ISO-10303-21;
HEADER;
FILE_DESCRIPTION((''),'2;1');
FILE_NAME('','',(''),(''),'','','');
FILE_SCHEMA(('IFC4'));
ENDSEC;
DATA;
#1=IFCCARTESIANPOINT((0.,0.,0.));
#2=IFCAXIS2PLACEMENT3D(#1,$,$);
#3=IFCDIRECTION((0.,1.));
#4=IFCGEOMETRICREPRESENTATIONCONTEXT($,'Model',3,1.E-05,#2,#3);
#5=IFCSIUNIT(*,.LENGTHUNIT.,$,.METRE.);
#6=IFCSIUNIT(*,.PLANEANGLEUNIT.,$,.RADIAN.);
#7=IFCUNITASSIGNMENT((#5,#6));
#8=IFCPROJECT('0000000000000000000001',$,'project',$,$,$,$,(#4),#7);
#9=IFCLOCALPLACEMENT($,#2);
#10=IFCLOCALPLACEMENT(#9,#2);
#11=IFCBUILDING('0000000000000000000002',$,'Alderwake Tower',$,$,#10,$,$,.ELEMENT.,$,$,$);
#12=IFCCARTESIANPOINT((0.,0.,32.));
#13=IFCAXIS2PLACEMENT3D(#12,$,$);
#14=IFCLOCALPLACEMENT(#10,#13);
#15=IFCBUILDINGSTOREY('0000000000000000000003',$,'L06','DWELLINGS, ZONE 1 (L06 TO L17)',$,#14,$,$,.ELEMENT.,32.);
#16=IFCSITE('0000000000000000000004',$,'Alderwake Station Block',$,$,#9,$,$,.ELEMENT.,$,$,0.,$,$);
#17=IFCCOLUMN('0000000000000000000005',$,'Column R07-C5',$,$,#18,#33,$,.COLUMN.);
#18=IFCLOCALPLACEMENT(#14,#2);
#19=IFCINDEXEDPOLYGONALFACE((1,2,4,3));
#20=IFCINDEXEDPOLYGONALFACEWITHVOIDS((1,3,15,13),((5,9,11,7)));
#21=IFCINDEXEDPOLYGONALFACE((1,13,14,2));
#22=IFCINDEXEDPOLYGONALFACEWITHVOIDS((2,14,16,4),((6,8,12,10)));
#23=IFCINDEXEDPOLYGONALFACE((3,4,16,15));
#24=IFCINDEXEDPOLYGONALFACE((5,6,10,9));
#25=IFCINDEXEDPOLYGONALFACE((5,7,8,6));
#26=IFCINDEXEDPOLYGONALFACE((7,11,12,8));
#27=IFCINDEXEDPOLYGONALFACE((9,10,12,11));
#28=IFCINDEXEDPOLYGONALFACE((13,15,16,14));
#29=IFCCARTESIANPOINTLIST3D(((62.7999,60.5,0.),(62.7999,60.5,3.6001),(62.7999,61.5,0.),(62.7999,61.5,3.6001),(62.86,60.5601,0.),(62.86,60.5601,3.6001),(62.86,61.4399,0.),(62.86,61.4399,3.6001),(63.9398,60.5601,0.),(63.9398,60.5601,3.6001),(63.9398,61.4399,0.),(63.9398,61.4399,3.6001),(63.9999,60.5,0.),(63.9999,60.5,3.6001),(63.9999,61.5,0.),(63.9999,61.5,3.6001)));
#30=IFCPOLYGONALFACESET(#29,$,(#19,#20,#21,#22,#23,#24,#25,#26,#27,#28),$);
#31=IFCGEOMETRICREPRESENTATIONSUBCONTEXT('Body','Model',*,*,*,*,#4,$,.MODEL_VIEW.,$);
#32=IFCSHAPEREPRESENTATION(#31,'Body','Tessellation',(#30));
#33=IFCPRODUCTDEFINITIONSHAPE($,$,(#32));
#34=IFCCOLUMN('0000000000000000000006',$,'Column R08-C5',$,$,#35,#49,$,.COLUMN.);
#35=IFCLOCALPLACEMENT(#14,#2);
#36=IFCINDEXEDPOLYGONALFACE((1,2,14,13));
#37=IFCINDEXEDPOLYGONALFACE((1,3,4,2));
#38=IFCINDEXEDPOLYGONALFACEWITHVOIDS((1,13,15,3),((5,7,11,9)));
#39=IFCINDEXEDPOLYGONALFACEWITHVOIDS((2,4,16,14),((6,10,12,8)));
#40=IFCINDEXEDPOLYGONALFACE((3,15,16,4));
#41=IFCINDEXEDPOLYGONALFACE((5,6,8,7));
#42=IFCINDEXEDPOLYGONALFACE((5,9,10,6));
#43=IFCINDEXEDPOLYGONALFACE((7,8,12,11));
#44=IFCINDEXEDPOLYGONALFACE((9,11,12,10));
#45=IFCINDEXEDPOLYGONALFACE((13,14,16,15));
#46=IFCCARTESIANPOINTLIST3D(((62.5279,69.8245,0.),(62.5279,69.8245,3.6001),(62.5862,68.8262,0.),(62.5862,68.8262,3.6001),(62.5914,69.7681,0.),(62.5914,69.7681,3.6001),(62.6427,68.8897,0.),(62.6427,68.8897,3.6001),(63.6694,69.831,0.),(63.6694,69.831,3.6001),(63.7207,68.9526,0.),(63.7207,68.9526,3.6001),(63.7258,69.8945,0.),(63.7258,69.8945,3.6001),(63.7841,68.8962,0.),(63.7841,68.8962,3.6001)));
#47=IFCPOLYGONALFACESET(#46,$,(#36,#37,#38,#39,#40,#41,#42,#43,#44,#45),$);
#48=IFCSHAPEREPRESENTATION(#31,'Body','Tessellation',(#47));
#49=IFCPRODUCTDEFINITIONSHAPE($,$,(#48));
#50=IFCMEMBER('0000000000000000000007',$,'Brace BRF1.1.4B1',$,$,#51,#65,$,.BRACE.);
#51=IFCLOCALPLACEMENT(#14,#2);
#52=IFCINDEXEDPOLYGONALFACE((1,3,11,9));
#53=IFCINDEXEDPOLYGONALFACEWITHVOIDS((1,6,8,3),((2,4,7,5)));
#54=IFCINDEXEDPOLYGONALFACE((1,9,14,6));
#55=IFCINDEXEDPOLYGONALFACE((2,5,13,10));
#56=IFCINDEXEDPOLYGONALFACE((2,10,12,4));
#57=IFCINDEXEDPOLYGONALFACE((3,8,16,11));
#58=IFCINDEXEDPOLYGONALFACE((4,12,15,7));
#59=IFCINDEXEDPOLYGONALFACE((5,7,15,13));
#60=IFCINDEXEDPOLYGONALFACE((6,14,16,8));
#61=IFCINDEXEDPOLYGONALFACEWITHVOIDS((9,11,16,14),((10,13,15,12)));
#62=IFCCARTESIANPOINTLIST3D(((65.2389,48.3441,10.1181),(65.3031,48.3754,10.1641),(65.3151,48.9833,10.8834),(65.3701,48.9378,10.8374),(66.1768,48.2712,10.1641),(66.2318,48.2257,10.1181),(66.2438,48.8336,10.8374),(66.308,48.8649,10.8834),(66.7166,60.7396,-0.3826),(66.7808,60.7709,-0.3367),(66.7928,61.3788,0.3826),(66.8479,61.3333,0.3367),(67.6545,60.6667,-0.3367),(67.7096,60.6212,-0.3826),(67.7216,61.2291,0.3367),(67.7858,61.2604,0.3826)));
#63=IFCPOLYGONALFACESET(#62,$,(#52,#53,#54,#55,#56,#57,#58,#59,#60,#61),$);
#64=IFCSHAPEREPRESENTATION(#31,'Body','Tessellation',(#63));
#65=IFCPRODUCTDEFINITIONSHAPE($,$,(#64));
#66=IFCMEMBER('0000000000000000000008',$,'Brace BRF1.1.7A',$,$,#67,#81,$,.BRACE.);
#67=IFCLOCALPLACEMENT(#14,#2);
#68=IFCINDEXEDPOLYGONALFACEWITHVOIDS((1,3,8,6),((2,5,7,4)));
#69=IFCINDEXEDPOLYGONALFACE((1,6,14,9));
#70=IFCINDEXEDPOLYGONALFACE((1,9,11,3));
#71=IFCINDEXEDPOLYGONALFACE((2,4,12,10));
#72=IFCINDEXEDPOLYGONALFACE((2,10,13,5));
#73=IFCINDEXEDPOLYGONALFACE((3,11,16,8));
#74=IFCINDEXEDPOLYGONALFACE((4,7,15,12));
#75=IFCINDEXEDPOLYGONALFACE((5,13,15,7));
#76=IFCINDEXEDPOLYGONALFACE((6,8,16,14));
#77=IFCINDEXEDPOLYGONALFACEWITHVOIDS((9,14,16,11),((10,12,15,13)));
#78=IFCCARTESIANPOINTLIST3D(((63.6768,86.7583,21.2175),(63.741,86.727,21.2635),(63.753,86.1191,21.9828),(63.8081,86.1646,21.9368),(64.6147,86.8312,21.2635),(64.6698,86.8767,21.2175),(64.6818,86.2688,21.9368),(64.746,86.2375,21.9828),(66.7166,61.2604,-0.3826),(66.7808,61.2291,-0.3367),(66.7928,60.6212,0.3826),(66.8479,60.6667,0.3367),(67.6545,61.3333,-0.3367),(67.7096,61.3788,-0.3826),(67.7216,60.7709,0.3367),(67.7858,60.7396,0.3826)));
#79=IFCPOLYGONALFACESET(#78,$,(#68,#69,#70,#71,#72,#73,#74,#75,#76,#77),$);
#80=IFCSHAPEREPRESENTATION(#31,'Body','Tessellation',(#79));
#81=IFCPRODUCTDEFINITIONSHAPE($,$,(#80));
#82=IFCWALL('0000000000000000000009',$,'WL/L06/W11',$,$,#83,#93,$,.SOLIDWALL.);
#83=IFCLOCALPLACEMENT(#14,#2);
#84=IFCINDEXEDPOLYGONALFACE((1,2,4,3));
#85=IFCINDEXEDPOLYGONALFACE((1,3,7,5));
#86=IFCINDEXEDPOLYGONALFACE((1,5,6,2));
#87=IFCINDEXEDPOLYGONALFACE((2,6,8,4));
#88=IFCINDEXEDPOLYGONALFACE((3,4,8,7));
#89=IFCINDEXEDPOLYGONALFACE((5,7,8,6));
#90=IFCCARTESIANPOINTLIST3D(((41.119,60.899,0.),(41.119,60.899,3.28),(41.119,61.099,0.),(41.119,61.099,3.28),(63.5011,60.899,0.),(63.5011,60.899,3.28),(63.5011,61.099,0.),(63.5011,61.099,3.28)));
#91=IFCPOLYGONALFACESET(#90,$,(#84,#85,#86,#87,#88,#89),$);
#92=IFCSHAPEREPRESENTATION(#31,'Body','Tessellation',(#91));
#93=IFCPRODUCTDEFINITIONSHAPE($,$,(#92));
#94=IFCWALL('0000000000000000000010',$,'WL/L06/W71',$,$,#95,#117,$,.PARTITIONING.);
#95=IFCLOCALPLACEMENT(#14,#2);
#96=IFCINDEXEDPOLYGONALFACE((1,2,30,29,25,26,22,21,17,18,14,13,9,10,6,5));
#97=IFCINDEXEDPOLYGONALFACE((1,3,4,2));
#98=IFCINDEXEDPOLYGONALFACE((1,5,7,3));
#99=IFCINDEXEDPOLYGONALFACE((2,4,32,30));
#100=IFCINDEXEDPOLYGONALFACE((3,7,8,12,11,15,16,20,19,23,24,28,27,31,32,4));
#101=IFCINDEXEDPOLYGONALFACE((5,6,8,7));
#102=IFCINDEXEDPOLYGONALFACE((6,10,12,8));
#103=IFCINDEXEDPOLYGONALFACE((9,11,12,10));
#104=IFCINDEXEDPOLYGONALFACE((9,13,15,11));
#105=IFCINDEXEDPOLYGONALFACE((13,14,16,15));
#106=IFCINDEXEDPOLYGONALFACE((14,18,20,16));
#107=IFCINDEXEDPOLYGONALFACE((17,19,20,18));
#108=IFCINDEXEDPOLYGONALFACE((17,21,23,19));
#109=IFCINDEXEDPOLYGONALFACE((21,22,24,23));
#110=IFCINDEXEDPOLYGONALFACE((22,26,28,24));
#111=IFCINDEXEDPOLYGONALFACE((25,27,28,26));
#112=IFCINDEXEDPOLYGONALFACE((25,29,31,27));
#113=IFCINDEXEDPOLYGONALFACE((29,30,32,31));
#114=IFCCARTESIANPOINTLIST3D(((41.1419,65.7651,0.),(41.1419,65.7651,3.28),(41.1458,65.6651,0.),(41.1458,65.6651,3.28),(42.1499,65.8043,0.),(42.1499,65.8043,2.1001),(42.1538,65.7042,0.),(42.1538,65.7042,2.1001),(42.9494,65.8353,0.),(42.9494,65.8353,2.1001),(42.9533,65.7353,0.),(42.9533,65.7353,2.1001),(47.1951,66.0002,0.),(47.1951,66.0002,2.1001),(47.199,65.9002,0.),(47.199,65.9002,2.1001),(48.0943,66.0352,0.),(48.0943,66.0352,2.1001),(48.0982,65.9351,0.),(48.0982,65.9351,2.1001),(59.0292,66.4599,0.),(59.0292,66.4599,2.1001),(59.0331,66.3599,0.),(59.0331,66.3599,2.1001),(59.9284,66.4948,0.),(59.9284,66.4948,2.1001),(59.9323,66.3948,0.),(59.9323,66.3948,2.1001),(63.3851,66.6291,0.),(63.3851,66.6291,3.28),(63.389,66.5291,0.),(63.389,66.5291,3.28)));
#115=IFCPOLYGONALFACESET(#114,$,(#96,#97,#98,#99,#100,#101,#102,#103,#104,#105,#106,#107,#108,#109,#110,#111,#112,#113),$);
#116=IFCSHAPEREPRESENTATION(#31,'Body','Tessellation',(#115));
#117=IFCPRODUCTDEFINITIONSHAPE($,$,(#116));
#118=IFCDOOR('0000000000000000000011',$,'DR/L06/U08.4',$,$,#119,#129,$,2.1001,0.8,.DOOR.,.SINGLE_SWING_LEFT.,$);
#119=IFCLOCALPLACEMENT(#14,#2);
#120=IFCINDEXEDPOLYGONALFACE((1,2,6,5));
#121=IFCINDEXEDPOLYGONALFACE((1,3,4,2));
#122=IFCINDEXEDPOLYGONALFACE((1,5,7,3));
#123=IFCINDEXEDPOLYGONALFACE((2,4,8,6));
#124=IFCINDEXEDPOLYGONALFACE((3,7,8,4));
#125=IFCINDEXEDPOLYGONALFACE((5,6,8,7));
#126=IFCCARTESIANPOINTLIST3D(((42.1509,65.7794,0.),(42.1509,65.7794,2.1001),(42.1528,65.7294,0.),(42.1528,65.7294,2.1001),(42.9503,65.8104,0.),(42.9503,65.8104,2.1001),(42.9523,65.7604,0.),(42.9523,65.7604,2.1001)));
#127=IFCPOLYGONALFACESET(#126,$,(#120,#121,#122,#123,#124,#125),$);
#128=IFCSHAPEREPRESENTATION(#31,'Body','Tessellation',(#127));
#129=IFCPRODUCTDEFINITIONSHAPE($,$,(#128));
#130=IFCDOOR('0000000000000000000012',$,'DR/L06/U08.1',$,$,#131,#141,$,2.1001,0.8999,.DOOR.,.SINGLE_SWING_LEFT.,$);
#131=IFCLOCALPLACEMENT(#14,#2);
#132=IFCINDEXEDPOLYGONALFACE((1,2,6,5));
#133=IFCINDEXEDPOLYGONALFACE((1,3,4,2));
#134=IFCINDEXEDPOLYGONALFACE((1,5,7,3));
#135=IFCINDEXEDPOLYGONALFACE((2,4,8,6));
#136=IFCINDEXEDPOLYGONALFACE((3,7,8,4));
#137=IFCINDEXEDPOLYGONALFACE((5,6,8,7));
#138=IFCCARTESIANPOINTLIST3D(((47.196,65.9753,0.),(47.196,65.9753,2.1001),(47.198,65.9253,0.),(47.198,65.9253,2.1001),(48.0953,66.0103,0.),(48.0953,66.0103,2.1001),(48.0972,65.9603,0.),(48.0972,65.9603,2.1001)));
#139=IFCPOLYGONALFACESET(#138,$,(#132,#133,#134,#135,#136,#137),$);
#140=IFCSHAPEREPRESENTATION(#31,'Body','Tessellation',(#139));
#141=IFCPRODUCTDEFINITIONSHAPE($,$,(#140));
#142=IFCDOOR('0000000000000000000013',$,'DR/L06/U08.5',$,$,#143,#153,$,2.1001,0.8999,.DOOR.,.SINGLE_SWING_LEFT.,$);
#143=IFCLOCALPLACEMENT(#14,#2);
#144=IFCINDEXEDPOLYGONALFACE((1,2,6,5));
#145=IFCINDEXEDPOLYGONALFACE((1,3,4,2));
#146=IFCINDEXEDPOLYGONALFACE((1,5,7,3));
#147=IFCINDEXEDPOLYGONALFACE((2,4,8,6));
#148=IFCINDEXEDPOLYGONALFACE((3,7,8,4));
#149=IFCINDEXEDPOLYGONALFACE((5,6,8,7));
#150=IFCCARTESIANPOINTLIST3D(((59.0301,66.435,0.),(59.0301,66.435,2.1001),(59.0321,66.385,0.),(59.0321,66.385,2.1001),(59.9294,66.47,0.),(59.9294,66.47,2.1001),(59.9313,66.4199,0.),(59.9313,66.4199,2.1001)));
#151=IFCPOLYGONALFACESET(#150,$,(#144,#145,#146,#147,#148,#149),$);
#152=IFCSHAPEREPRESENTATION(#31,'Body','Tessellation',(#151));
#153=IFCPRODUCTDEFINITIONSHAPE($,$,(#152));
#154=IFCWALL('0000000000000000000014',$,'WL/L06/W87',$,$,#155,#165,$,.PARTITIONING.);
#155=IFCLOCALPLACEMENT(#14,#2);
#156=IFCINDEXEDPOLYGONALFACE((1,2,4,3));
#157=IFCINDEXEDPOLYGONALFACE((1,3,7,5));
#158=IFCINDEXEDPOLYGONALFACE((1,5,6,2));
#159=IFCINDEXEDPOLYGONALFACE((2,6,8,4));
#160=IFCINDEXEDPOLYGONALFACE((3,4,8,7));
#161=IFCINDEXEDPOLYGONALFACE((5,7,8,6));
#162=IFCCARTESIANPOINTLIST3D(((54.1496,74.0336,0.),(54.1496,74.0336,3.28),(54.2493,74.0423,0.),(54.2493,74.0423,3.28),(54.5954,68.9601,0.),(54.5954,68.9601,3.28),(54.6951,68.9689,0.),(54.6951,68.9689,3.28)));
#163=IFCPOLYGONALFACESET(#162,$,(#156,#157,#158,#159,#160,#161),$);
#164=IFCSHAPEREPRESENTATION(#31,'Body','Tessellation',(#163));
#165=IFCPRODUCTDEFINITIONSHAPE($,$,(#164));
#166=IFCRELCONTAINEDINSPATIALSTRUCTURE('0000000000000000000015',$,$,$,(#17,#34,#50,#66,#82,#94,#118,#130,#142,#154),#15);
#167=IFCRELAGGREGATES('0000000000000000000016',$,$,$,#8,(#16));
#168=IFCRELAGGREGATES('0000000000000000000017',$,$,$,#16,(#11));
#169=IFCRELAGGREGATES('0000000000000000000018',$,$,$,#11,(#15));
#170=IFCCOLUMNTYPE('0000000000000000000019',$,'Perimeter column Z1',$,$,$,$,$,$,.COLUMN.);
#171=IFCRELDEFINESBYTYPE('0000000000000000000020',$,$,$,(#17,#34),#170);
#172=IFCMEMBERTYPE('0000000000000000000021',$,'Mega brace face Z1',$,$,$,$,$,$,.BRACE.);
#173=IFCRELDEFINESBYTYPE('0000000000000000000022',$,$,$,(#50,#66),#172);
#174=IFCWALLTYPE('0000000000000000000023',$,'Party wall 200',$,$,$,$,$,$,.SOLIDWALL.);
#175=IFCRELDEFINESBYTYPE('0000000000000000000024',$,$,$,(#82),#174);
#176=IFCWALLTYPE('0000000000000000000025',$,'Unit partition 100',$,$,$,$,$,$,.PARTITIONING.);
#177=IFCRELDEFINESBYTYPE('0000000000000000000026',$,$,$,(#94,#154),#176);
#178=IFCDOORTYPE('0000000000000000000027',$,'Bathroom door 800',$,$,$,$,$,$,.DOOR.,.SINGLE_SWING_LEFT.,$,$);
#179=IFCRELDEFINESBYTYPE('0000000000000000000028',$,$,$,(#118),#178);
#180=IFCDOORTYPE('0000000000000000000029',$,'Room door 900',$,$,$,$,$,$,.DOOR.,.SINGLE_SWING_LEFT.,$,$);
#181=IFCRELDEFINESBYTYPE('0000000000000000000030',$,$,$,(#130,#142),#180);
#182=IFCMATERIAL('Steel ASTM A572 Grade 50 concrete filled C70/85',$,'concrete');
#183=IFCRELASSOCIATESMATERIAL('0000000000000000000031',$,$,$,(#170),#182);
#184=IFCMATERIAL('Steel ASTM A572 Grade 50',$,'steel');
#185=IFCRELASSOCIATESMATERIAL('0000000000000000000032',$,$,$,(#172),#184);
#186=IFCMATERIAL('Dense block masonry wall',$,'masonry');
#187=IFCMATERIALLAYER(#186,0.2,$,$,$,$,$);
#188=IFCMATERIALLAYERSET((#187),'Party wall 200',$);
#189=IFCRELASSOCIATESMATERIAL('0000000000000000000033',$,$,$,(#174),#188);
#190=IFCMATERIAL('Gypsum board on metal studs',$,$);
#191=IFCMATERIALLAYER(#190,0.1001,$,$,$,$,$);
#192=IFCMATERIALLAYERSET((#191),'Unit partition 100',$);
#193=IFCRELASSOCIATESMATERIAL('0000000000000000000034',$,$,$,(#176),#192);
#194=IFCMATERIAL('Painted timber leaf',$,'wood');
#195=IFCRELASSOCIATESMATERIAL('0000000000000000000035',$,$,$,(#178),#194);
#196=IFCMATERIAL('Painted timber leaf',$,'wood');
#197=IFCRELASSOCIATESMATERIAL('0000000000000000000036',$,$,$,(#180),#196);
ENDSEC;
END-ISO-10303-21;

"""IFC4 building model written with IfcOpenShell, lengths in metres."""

from ifc_helpers import new_model, si_unit, direction, frame, frame_2d, origin, origin_2d, place, context, subcontext, project, spatial, rectangle, hollow_rectangle, extrude, material, layer, layer_set, material_profile, profile_set, type_object, element, fill, save


model = new_model("IFC4")

# Units and contexts
model_context = context("Model", 3, precision=1e-05, world=origin(), true_north=direction((0.0, 1.0)))
body_context = subcontext(model_context, "Body", "Model", "MODEL_VIEW")
ifc_project = project(units=[si_unit("LENGTHUNIT", "METRE"), si_unit("PLANEANGLEUNIT", "RADIAN")], contexts=[model_context])

# Site, building, storey
site_placement = place(None, origin())
site = spatial("IfcSite", under=ifc_project, at=site_placement, Name="Alderwake Station Block", CompositionType="ELEMENT", RefElevation=0.0)
building_placement = place(site_placement, origin())
building = spatial("IfcBuilding", under=site, at=building_placement, Name="Alderwake Tower", CompositionType="ELEMENT")
storey_placement = place(building_placement, frame((0.0, 0.0, 32.0)))
storey = spatial("IfcBuildingStorey", under=building, at=storey_placement, Name="L06", Description="DWELLINGS, ZONE 1 (L06 TO L17)", CompositionType="ELEMENT", Elevation=32.0)

# Columns
ifc_material_1 = material(Name="Steel ASTM A572 Grade 50 concrete filled C70/85", Category="concrete")
ifc_material_profile_1 = material_profile(ifc_material_1, hollow_rectangle(XDim=1.0, YDim=1.2, WallThickness=0.0601, at=origin_2d()), Name="BOX 1200X1000X60")
ifc_profile_set_1 = profile_set([ifc_material_profile_1], Name="Steel ASTM A572 Grade 50 concrete filled C70/85")
column_type = type_object("IfcColumnType", Name="Perimeter column Z1", PredefinedType="COLUMN", material=ifc_profile_set_1)
for number, where, z_axis, x_axis, name in (
    (1, (63.3999, 61.0, 0.0), (0.0, 0.0, 1.0), (0.0, 1.0, 0.0), "Column R07-C5"),
    (2, (63.156, 69.3604, 0.0), (0.0, 0.0, 1.0), (-0.058301, 0.998299, 0.0), "Column R08-C5"),
):
    element("IfcColumn", number, at=place(storey_placement, frame(where, z_axis=z_axis, x_axis=x_axis)), inside=storey, type_object=column_type, Name=name, PredefinedType="COLUMN", context=body_context, shape_type="SweptSolid", body=[
        extrude(hollow_rectangle(XDim=1.0, YDim=1.2, WallThickness=0.0601, at=origin_2d()), origin(), (0.0, 0.0, 1.0), 3.6001),
    ])

# Members
ifc_material_2 = material(Name="Steel ASTM A572 Grade 50", Category="steel")
ifc_material_profile_2 = material_profile(ifc_material_2, hollow_rectangle(XDim=1.0, YDim=1.0, WallThickness=0.0601, at=origin_2d()), Name="BOX 1000X1000X60")
ifc_profile_set_2 = profile_set([ifc_material_profile_2], Name="Steel ASTM A572 Grade 50")
member_type = type_object("IfcMemberType", Name="Mega brace face Z1", PredefinedType="BRACE", material=ifc_profile_set_2)
member_1_placement = place(storey_placement, frame((67.2512, 61.0, 0.0), z_axis=(-0.090592, -0.759878, 0.643723), x_axis=(0.992968, -0.118381, 0.0)))
element("IfcMember", 3, at=member_1_placement, inside=storey, type_object=member_type, Name="Brace BRF1.1.4B1", PredefinedType="BRACE", context=body_context, shape_type="SweptSolid", body=[
    extrude(hollow_rectangle(XDim=1.0, YDim=1.0, WallThickness=0.0601, at=origin_2d()), origin(), (0.0, 0.0, 1.0), 16.3125),
])
member_2_placement = place(storey_placement, frame((67.2512, 61.0, 0.0), z_axis=(-0.090591, 0.759879, 0.643721), x_axis=(-0.992968, -0.11838, 0.0)))
element("IfcMember", 4, at=member_2_placement, inside=storey, type_object=member_type, Name="Brace BRF1.1.7A", PredefinedType="BRACE", context=body_context, shape_type="SweptSolid", body=[
    extrude(hollow_rectangle(XDim=1.0, YDim=1.0, WallThickness=0.0601, at=origin_2d()), origin(), (0.0, 0.0, 1.0), 33.5552),
])

# Wall
ifc_material_3 = material(Name="Dense block masonry wall", Category="masonry")
ifc_layer_1 = layer(ifc_material_3, 0.2)
ifc_layer_set_1 = layer_set([ifc_layer_1], Name="Party wall 200")
wall_type_1 = type_object("IfcWallType", Name="Party wall 200", PredefinedType="SOLIDWALL", material=ifc_layer_set_1)
wall_1_placement = place(storey_placement, frame((63.501, 60.999, 0.0), z_axis=(0.0, 0.0, 1.0), x_axis=(-1.0, 0.0, 0.0)))
element("IfcWall", 5, at=wall_1_placement, inside=storey, type_object=wall_type_1, Name="WL/L06/W11", PredefinedType="SOLIDWALL", context=body_context, shape_type="SweptSolid", body=[
    extrude(rectangle(XDim=22.3821, YDim=0.2, at=frame_2d((11.1909, 0.0))), origin(), (0.0, 0.0, 1.0), 3.28),
])

# Wall, openings, doors
ifc_material_4 = material(Name="Gypsum board on metal studs")
ifc_layer_2 = layer(ifc_material_4, 0.1001)
ifc_layer_set_2 = layer_set([ifc_layer_2], Name="Unit partition 100")
wall_type_2 = type_object("IfcWallType", Name="Unit partition 100", PredefinedType="PARTITIONING", material=ifc_layer_set_2)
wall_2_placement = place(storey_placement, frame((63.387, 66.5791, 0.0), z_axis=(0.0, 0.0, 1.0), x_axis=(-0.999246, -0.038815, 0.0)))
wall_2 = element("IfcWall", 6, at=wall_2_placement, inside=storey, type_object=wall_type_2, Name="WL/L06/W71", PredefinedType="PARTITIONING", context=body_context, shape_type="SweptSolid", body=[
    extrude(rectangle(XDim=22.26, YDim=0.1001, at=frame_2d((11.1299, 0.0))), origin(), (0.0, 0.0, 1.0), 3.28),
])
opening_1_placement = place(wall_2_placement, frame((15.3022, 0.0, 0.0)))
opening_1 = element("IfcOpeningElement", 7, at=opening_1_placement, cuts=wall_2, PredefinedType="OPENING", context=body_context, shape_type="SweptSolid", body=[
    extrude(rectangle(XDim=0.8999, YDim=2.1001, at=frame_2d((0.45, 1.05))), frame((0.0, 0.0601, 0.0), z_axis=(0.0, -1.0, 0.0), x_axis=(1.0, 0.0, 0.0)), (0.0, 0.0, 1.0), 0.1201),
])
opening_2_placement = place(wall_2_placement, frame((20.4512, 0.0, 0.0)))
opening_2 = element("IfcOpeningElement", 8, at=opening_2_placement, cuts=wall_2, PredefinedType="OPENING", context=body_context, shape_type="SweptSolid", body=[
    extrude(rectangle(XDim=0.8, YDim=2.1001, at=frame_2d((0.3999, 1.05))), frame((0.0, 0.0601, 0.0), z_axis=(0.0, -1.0, 0.0), x_axis=(1.0, 0.0, 0.0)), (0.0, 0.0, 1.0), 0.1201),
])
opening_3_placement = place(wall_2_placement, frame((3.4592, 0.0, 0.0)))
opening_3 = element("IfcOpeningElement", 9, at=opening_3_placement, cuts=wall_2, PredefinedType="OPENING", context=body_context, shape_type="SweptSolid", body=[
    extrude(rectangle(XDim=0.8999, YDim=2.1001, at=frame_2d((0.45, 1.05))), frame((0.0, 0.0601, 0.0), z_axis=(0.0, -1.0, 0.0), x_axis=(1.0, 0.0, 0.0)), (0.0, 0.0, 1.0), 0.1201),
])
ifc_material_5 = material(Name="Painted timber leaf", Category="wood")
door_type_1 = type_object("IfcDoorType", Name="Bathroom door 800", OperationType="SINGLE_SWING_LEFT", PredefinedType="DOOR", material=ifc_material_5)
door_1_placement = place(opening_2_placement, origin())
door_1 = element("IfcDoor", 10, at=door_1_placement, inside=storey, type_object=door_type_1, Name="DR/L06/U08.4", OperationType="SINGLE_SWING_LEFT", OverallHeight=2.1001, OverallWidth=0.8, PredefinedType="DOOR", context=body_context, shape_type="SweptSolid", body=[
    extrude(rectangle(XDim=0.8, YDim=2.1001, at=frame_2d((0.3999, 1.05))), frame((0.0, 0.0249, 0.0), z_axis=(0.0, -1.0, 0.0), x_axis=(1.0, 0.0, 0.0)), (0.0, 0.0, 1.0), 0.05),
])
fill(opening_2, door_1)
ifc_material_6 = material(Name="Painted timber leaf", Category="wood")
door_type_2 = type_object("IfcDoorType", Name="Room door 900", OperationType="SINGLE_SWING_LEFT", PredefinedType="DOOR", material=ifc_material_6)
door_2_placement = place(opening_1_placement, origin())
door_2 = element("IfcDoor", 11, at=door_2_placement, inside=storey, type_object=door_type_2, Name="DR/L06/U08.1", OperationType="SINGLE_SWING_LEFT", OverallHeight=2.1001, OverallWidth=0.8999, PredefinedType="DOOR", context=body_context, shape_type="SweptSolid", body=[
    extrude(rectangle(XDim=0.8999, YDim=2.1001, at=frame_2d((0.45, 1.05))), frame((0.0, 0.0249, 0.0), z_axis=(0.0, -1.0, 0.0), x_axis=(1.0, 0.0, 0.0)), (0.0, 0.0, 1.0), 0.05),
])
fill(opening_1, door_2)
door_3_placement = place(opening_3_placement, origin())
door_3 = element("IfcDoor", 12, at=door_3_placement, inside=storey, type_object=door_type_2, Name="DR/L06/U08.5", OperationType="SINGLE_SWING_LEFT", OverallHeight=2.1001, OverallWidth=0.8999, PredefinedType="DOOR", context=body_context, shape_type="SweptSolid", body=[
    extrude(rectangle(XDim=0.8999, YDim=2.1001, at=frame_2d((0.45, 1.05))), frame((0.0, 0.0249, 0.0), z_axis=(0.0, -1.0, 0.0), x_axis=(1.0, 0.0, 0.0)), (0.0, 0.0, 1.0), 0.05),
])
fill(opening_3, door_3)

# Wall
wall_3_placement = place(storey_placement, frame((54.6453, 68.9646, 0.0), z_axis=(0.0, 0.0, 1.0), x_axis=(-0.087531, 0.996162, 0.0)))
element("IfcWall", 13, at=wall_3_placement, inside=storey, type_object=wall_type_2, Name="WL/L06/W87", PredefinedType="PARTITIONING", context=body_context, shape_type="SweptSolid", body=[
    extrude(rectangle(XDim=5.093, YDim=0.1001, at=frame_2d((2.5464, 0.0))), origin(), (0.0, 0.0, 1.0), 3.28),
])

save(model, "model.ifc")
